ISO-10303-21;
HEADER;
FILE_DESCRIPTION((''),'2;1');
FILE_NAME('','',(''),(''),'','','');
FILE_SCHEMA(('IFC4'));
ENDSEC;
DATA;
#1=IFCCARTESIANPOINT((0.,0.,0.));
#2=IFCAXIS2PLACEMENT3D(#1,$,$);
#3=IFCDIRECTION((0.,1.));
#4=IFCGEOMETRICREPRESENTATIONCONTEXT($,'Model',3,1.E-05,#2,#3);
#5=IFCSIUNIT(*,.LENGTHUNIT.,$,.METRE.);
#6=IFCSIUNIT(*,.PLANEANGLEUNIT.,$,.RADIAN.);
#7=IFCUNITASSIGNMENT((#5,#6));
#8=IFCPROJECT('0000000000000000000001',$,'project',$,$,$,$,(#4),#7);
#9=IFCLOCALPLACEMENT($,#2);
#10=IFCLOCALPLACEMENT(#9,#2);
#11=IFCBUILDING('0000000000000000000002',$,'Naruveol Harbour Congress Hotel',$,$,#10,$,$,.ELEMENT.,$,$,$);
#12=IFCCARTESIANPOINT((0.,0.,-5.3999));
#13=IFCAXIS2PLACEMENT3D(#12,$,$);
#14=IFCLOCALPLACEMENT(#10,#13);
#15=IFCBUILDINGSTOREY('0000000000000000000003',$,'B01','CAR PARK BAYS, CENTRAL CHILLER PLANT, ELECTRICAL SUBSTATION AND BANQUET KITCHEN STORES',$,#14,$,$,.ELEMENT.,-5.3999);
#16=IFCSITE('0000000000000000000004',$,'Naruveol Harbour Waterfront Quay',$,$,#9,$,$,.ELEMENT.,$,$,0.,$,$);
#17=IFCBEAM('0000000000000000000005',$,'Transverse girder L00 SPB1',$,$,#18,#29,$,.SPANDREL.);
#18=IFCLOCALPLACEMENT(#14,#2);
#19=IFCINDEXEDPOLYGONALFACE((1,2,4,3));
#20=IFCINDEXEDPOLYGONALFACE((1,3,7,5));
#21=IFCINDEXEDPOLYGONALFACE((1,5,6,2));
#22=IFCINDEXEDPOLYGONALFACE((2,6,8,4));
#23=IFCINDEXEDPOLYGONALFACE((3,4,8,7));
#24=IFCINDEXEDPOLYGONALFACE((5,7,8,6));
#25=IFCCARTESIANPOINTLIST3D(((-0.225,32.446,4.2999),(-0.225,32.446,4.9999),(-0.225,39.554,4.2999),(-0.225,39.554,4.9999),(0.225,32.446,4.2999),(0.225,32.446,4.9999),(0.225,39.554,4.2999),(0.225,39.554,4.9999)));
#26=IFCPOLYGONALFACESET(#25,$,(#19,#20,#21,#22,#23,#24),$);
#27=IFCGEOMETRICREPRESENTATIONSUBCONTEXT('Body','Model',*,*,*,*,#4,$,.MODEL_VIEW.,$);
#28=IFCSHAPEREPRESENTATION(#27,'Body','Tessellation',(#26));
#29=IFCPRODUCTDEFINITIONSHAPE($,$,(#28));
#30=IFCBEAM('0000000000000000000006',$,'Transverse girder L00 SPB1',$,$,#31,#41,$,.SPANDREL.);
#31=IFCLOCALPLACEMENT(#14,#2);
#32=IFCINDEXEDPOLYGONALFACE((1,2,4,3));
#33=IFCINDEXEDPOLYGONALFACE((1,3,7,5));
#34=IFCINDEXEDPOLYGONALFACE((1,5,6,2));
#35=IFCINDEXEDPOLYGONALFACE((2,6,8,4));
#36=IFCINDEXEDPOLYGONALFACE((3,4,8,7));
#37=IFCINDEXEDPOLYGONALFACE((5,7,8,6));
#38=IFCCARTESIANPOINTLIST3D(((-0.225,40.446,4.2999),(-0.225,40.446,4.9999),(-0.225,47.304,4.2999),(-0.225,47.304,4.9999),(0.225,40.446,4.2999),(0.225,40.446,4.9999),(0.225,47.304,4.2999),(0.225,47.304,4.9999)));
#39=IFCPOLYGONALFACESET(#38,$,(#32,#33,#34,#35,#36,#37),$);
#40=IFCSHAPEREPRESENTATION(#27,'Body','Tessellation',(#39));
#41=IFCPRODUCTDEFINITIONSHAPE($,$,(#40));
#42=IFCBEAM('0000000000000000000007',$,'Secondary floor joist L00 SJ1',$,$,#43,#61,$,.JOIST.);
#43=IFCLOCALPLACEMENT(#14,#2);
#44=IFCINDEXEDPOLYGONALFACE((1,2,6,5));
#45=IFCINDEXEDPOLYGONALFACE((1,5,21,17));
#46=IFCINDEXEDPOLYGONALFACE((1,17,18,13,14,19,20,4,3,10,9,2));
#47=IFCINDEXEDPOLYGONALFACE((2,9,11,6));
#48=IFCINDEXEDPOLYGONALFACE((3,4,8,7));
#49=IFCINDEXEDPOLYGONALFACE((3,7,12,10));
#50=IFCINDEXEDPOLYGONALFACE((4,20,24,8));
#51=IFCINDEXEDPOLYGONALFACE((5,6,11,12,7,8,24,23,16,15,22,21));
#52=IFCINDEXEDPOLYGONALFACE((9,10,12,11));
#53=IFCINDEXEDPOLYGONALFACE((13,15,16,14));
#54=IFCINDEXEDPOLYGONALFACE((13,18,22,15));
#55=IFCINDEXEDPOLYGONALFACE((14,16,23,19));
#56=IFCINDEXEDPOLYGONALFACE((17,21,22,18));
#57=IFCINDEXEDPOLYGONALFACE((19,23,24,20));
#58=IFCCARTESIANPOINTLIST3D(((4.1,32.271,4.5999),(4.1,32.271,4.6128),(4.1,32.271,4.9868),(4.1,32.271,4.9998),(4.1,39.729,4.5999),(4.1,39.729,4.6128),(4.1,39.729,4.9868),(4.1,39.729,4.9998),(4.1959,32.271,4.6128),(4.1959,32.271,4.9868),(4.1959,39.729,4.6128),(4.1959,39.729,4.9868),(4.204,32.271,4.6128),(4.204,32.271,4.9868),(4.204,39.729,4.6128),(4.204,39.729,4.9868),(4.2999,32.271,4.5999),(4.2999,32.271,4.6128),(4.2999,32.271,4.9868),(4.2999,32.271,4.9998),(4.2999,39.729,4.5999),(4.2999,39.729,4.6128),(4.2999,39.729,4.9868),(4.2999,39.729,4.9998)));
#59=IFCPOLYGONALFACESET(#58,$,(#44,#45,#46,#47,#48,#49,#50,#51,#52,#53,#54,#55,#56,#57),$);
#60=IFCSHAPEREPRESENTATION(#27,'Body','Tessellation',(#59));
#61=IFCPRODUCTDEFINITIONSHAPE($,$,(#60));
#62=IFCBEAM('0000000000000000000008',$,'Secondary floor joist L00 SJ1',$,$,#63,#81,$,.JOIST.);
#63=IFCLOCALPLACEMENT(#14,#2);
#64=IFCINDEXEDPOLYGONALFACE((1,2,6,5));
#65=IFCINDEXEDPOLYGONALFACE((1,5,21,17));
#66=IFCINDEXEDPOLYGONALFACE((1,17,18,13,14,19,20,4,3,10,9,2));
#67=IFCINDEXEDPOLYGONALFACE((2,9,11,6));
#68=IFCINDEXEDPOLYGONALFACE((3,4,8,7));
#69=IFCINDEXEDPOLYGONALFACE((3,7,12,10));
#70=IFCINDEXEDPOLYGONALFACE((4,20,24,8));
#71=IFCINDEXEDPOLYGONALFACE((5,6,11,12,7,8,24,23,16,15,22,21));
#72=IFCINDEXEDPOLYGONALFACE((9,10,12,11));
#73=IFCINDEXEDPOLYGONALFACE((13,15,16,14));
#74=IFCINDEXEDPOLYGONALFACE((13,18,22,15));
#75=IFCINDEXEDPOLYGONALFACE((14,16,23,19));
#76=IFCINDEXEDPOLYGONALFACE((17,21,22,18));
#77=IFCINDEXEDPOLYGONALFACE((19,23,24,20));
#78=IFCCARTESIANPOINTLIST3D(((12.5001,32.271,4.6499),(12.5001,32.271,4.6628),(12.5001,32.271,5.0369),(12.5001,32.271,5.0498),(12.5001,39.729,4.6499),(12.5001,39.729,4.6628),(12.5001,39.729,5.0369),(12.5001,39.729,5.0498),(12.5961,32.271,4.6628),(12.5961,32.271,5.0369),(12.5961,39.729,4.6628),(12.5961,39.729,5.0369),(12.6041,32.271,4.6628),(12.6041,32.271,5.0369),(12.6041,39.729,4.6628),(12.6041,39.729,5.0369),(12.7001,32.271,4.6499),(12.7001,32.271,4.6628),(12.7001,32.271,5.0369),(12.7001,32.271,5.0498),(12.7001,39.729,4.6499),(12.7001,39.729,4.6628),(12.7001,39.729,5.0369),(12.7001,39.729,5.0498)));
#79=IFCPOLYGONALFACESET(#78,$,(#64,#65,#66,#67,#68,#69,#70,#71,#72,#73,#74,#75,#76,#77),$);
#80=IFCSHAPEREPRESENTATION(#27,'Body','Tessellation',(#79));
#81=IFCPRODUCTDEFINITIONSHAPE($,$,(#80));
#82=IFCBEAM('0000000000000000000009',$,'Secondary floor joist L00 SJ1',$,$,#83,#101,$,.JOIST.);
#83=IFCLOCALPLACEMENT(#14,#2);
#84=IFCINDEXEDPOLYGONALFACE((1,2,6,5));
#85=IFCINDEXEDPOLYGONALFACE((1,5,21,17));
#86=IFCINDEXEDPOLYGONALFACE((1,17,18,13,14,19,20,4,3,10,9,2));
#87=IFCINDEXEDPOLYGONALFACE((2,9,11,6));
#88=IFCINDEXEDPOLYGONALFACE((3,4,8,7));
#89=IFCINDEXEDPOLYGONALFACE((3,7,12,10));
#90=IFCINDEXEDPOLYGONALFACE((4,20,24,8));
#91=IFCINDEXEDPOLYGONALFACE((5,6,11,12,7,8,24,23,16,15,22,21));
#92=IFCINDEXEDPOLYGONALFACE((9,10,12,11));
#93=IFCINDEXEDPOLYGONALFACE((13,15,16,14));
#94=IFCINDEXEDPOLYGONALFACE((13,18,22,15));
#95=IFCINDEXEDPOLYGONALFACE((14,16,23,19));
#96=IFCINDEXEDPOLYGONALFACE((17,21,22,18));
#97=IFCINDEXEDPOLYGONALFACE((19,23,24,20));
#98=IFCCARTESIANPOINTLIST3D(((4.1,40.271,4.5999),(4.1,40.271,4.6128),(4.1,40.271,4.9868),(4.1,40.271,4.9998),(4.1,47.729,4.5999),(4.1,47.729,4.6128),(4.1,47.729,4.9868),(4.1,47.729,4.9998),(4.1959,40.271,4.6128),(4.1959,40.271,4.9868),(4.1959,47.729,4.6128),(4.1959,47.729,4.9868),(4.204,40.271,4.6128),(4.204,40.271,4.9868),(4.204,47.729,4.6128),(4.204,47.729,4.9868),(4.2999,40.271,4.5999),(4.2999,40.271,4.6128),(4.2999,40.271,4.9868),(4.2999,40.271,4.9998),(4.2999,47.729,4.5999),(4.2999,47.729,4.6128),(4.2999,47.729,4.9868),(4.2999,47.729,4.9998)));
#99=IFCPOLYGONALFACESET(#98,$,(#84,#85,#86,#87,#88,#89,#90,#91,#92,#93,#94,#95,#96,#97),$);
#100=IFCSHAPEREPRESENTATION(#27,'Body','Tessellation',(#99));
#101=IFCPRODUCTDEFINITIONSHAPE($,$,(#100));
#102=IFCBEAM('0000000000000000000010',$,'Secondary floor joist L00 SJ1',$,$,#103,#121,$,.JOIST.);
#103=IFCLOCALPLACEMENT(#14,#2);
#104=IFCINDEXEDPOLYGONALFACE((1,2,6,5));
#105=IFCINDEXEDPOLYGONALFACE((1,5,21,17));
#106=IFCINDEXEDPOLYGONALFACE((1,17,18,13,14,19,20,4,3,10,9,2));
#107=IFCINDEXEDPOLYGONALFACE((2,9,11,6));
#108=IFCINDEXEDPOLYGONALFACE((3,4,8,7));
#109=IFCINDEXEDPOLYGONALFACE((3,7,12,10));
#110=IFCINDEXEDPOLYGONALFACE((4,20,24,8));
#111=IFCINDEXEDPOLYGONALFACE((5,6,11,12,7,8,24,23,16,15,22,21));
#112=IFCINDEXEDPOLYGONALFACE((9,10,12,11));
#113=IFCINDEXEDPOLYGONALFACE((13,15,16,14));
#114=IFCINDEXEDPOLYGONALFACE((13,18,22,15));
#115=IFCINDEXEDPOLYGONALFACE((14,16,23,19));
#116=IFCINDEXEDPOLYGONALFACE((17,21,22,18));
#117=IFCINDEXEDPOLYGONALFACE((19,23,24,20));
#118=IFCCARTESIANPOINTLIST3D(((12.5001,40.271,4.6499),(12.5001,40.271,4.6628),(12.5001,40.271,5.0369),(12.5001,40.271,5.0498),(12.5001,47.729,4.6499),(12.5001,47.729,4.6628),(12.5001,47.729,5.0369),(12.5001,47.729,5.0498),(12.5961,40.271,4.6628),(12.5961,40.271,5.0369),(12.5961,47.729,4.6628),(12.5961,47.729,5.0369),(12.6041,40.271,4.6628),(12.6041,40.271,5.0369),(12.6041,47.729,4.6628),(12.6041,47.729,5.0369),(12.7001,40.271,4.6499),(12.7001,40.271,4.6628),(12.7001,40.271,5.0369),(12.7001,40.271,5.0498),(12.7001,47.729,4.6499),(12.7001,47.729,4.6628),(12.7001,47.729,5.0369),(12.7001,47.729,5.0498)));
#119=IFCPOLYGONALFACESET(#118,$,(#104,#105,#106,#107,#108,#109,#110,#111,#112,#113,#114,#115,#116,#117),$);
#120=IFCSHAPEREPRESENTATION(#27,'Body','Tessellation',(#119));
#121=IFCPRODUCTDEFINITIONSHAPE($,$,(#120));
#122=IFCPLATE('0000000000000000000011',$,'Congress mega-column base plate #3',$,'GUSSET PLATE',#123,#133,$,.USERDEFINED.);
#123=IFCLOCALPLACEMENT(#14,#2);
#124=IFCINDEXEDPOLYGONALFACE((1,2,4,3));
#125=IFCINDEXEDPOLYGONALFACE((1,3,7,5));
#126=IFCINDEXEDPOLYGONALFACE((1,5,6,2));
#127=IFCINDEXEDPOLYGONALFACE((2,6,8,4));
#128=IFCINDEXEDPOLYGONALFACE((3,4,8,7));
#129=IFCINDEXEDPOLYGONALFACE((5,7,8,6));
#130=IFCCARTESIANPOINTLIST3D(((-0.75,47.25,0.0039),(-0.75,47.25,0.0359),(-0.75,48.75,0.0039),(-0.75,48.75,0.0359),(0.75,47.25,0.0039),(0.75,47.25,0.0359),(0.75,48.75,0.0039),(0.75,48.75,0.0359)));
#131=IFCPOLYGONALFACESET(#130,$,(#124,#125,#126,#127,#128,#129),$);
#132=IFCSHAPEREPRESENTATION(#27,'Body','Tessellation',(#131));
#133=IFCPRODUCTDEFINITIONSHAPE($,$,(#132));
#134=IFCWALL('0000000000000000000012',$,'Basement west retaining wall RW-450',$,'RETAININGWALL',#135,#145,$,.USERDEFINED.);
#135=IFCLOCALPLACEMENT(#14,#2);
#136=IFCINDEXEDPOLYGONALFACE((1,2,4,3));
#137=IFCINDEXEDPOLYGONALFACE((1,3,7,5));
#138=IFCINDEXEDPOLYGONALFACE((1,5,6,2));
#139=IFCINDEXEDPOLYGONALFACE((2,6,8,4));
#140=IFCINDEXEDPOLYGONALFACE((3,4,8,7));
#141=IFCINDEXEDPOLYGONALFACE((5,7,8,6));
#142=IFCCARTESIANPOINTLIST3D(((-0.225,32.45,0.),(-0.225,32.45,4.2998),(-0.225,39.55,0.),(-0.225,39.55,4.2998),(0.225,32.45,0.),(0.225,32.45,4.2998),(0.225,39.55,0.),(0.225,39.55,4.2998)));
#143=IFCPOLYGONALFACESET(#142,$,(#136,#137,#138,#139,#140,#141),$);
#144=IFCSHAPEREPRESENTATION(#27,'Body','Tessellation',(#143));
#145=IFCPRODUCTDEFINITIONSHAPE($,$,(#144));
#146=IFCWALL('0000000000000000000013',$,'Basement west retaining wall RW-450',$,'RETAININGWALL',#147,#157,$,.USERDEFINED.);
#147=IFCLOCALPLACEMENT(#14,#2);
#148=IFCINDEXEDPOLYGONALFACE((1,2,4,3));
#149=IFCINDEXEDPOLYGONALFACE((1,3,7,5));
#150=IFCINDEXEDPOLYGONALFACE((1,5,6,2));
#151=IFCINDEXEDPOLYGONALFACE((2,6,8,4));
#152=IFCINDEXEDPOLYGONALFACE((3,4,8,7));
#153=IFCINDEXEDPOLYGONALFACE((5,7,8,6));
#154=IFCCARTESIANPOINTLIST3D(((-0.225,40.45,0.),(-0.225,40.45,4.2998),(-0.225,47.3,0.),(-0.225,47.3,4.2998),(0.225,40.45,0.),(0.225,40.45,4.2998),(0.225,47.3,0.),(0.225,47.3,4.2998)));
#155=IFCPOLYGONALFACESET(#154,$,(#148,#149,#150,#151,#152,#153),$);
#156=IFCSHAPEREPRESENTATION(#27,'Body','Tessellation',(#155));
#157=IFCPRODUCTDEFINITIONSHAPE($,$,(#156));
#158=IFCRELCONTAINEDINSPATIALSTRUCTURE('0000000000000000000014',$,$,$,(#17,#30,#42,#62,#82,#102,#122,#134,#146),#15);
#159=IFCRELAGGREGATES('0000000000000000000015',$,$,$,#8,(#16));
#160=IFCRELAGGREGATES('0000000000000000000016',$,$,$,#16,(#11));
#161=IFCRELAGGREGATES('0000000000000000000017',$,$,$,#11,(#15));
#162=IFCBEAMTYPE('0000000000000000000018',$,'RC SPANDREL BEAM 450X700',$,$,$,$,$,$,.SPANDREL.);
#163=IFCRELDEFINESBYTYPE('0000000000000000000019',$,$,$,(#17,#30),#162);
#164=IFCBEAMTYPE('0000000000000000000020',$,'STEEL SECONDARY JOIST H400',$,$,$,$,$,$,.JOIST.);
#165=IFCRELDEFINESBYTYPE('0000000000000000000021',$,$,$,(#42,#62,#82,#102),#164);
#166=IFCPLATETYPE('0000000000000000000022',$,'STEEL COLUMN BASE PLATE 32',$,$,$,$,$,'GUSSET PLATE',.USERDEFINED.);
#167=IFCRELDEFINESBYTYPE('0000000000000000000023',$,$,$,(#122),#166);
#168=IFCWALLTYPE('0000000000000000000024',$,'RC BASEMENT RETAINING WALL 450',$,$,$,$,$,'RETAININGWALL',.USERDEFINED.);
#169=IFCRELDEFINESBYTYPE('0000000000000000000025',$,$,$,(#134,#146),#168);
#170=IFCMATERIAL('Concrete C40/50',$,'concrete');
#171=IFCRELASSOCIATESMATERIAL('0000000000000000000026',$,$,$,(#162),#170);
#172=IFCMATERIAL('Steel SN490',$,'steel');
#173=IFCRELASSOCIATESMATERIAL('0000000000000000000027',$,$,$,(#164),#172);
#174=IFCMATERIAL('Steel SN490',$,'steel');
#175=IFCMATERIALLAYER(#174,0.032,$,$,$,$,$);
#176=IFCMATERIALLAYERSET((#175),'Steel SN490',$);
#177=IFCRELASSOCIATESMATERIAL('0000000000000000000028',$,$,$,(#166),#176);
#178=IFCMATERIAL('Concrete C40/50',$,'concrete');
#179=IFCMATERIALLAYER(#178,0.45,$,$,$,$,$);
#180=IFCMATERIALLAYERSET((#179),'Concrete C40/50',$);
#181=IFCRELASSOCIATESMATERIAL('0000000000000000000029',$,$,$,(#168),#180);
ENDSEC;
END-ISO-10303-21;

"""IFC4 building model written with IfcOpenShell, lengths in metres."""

from ifc_helpers import new_model, si_unit, direction, frame, frame_2d, origin, origin_2d, place, context, subcontext, project, spatial, rectangle, i_section, extrude, material, layer, layer_set, material_profile, profile_set, type_object, element, save


model = new_model("IFC4")

# Units and contexts
model_context = context("Model", 3, precision=1e-05, world=origin(), true_north=direction((0.0, 1.0)))
body_context = subcontext(model_context, "Body", "Model", "MODEL_VIEW")
ifc_project = project(units=[si_unit("LENGTHUNIT", "METRE"), si_unit("PLANEANGLEUNIT", "RADIAN")], contexts=[model_context])

# Site, building, storey
site_placement = place(None, origin())
site = spatial("IfcSite", under=ifc_project, at=site_placement, Name="Naruveol Harbour Waterfront Quay", CompositionType="ELEMENT", RefElevation=0.0)
building_placement = place(site_placement, origin())
building = spatial("IfcBuilding", under=site, at=building_placement, Name="Naruveol Harbour Congress Hotel", CompositionType="ELEMENT")
storey_placement = place(building_placement, frame((0.0, 0.0, -5.3999)))
storey = spatial("IfcBuildingStorey", under=building, at=storey_placement, Name="B01", Description="CAR PARK BAYS, CENTRAL CHILLER PLANT, ELECTRICAL SUBSTATION AND BANQUET KITCHEN STORES", CompositionType="ELEMENT", Elevation=-5.3999)

# Beams
ifc_material_1 = material(Name="Concrete C40/50", Category="concrete")
ifc_material_profile_1 = material_profile(ifc_material_1, rectangle(XDim=0.45, YDim=0.7, at=origin_2d()), Name="RCB-450x700")
ifc_profile_set_1 = profile_set([ifc_material_profile_1], Name="Concrete C40/50")
beam_type_1 = type_object("IfcBeamType", Name="RC SPANDREL BEAM 450X700", PredefinedType="SPANDREL", material=ifc_profile_set_1)
beam_1_placement = place(storey_placement, frame((0.0, 32.446, 4.6499), z_axis=(0.0, 1.0, 0.0), x_axis=(-1.0, 0.0, 0.0)))
element("IfcBeam", 1, at=beam_1_placement, inside=storey, type_object=beam_type_1, Name="Transverse girder L00 SPB1", PredefinedType="SPANDREL", context=body_context, shape_type="SweptSolid", body=[
    extrude(rectangle(XDim=0.45, YDim=0.7, at=origin_2d()), origin(), (0.0, 0.0, 1.0), 7.1079),
])
beam_2_placement = place(storey_placement, frame((0.0, 40.446, 4.6499), z_axis=(0.0, 1.0, 0.0), x_axis=(-1.0, 0.0, 0.0)))
element("IfcBeam", 2, at=beam_2_placement, inside=storey, type_object=beam_type_1, Name="Transverse girder L00 SPB1", PredefinedType="SPANDREL", context=body_context, shape_type="SweptSolid", body=[
    extrude(rectangle(XDim=0.45, YDim=0.7, at=origin_2d()), origin(), (0.0, 0.0, 1.0), 6.8579),
])
ifc_material_2 = material(Name="Steel SN490", Category="steel")
ifc_material_profile_2 = material_profile(ifc_material_2, i_section(OverallWidth=0.2, OverallDepth=0.3999, WebThickness=0.0081, FlangeThickness=0.0129, at=origin_2d()), Name="H-400x200x8x13")
ifc_profile_set_2 = profile_set([ifc_material_profile_2], Name="Steel SN490")
beam_type_2 = type_object("IfcBeamType", Name="STEEL SECONDARY JOIST H400", PredefinedType="JOIST", material=ifc_profile_set_2)
for number, where, z_axis, x_axis, name in (
    (3, (4.2, 32.271, 4.7998), (0.0, 1.0, 0.0), (-1.0, 0.0, 0.0), "Secondary floor joist L00 SJ1"),
    (4, (12.6001, 32.271, 4.8499), (0.0, 1.0, 0.0), (-1.0, 0.0, 0.0), "Secondary floor joist L00 SJ1"),
    (5, (4.2, 40.271, 4.7998), (0.0, 1.0, 0.0), (-1.0, 0.0, 0.0), "Secondary floor joist L00 SJ1"),
    (6, (12.6001, 40.271, 4.8499), (0.0, 1.0, 0.0), (-1.0, 0.0, 0.0), "Secondary floor joist L00 SJ1"),
):
    element("IfcBeam", number, at=place(storey_placement, frame(where, z_axis=z_axis, x_axis=x_axis)), inside=storey, type_object=beam_type_2, Name=name, PredefinedType="JOIST", context=body_context, shape_type="SweptSolid", body=[
        extrude(i_section(OverallWidth=0.2, OverallDepth=0.3999, WebThickness=0.0081, FlangeThickness=0.0129, at=origin_2d()), origin(), (0.0, 0.0, 1.0), 7.458),
    ])

# Plate
ifc_material_3 = material(Name="Steel SN490", Category="steel")
ifc_layer_1 = layer(ifc_material_3, 0.032)
ifc_layer_set_1 = layer_set([ifc_layer_1], Name="Steel SN490")
plate_type = type_object("IfcPlateType", Name="STEEL COLUMN BASE PLATE 32", ElementType="GUSSET PLATE", PredefinedType="USERDEFINED", material=ifc_layer_set_1)
plate_placement = place(storey_placement, frame((0.0, 48.0, 0.0039), z_axis=(0.0, 0.0, 1.0), x_axis=(1.0, 0.0, 0.0)))
element("IfcPlate", 7, at=plate_placement, inside=storey, type_object=plate_type, Name="Congress mega-column base plate #3", ObjectType="GUSSET PLATE", PredefinedType="USERDEFINED", context=body_context, shape_type="SweptSolid", body=[
    extrude(rectangle(XDim=1.5, YDim=1.5, at=origin_2d()), origin(), (0.0, 0.0, 1.0), 0.032),
])

# Walls
ifc_material_4 = material(Name="Concrete C40/50", Category="concrete")
ifc_layer_2 = layer(ifc_material_4, 0.45)
ifc_layer_set_2 = layer_set([ifc_layer_2], Name="Concrete C40/50")
wall_type = type_object("IfcWallType", Name="RC BASEMENT RETAINING WALL 450", ElementType="RETAININGWALL", PredefinedType="USERDEFINED", material=ifc_layer_set_2)
wall_1_placement = place(storey_placement, frame((0.0, 32.45, 0.0), z_axis=(0.0, 0.0, 1.0), x_axis=(0.0, 1.0, 0.0)))
element("IfcWall", 8, at=wall_1_placement, inside=storey, type_object=wall_type, Name="Basement west retaining wall RW-450", ObjectType="RETAININGWALL", PredefinedType="USERDEFINED", context=body_context, shape_type="SweptSolid", body=[
    extrude(rectangle(XDim=7.1001, YDim=0.45, at=frame_2d((3.55, 0.0))), origin(), (0.0, 0.0, 1.0), 4.2998),
])
wall_2_placement = place(storey_placement, frame((0.0, 40.45, 0.0), z_axis=(0.0, 0.0, 1.0), x_axis=(0.0, 1.0, 0.0)))
element("IfcWall", 9, at=wall_2_placement, inside=storey, type_object=wall_type, Name="Basement west retaining wall RW-450", ObjectType="RETAININGWALL", PredefinedType="USERDEFINED", context=body_context, shape_type="SweptSolid", body=[
    extrude(rectangle(XDim=6.8501, YDim=0.45, at=frame_2d((3.425, 0.0))), origin(), (0.0, 0.0, 1.0), 4.2998),
])

save(model, "model.ifc")
